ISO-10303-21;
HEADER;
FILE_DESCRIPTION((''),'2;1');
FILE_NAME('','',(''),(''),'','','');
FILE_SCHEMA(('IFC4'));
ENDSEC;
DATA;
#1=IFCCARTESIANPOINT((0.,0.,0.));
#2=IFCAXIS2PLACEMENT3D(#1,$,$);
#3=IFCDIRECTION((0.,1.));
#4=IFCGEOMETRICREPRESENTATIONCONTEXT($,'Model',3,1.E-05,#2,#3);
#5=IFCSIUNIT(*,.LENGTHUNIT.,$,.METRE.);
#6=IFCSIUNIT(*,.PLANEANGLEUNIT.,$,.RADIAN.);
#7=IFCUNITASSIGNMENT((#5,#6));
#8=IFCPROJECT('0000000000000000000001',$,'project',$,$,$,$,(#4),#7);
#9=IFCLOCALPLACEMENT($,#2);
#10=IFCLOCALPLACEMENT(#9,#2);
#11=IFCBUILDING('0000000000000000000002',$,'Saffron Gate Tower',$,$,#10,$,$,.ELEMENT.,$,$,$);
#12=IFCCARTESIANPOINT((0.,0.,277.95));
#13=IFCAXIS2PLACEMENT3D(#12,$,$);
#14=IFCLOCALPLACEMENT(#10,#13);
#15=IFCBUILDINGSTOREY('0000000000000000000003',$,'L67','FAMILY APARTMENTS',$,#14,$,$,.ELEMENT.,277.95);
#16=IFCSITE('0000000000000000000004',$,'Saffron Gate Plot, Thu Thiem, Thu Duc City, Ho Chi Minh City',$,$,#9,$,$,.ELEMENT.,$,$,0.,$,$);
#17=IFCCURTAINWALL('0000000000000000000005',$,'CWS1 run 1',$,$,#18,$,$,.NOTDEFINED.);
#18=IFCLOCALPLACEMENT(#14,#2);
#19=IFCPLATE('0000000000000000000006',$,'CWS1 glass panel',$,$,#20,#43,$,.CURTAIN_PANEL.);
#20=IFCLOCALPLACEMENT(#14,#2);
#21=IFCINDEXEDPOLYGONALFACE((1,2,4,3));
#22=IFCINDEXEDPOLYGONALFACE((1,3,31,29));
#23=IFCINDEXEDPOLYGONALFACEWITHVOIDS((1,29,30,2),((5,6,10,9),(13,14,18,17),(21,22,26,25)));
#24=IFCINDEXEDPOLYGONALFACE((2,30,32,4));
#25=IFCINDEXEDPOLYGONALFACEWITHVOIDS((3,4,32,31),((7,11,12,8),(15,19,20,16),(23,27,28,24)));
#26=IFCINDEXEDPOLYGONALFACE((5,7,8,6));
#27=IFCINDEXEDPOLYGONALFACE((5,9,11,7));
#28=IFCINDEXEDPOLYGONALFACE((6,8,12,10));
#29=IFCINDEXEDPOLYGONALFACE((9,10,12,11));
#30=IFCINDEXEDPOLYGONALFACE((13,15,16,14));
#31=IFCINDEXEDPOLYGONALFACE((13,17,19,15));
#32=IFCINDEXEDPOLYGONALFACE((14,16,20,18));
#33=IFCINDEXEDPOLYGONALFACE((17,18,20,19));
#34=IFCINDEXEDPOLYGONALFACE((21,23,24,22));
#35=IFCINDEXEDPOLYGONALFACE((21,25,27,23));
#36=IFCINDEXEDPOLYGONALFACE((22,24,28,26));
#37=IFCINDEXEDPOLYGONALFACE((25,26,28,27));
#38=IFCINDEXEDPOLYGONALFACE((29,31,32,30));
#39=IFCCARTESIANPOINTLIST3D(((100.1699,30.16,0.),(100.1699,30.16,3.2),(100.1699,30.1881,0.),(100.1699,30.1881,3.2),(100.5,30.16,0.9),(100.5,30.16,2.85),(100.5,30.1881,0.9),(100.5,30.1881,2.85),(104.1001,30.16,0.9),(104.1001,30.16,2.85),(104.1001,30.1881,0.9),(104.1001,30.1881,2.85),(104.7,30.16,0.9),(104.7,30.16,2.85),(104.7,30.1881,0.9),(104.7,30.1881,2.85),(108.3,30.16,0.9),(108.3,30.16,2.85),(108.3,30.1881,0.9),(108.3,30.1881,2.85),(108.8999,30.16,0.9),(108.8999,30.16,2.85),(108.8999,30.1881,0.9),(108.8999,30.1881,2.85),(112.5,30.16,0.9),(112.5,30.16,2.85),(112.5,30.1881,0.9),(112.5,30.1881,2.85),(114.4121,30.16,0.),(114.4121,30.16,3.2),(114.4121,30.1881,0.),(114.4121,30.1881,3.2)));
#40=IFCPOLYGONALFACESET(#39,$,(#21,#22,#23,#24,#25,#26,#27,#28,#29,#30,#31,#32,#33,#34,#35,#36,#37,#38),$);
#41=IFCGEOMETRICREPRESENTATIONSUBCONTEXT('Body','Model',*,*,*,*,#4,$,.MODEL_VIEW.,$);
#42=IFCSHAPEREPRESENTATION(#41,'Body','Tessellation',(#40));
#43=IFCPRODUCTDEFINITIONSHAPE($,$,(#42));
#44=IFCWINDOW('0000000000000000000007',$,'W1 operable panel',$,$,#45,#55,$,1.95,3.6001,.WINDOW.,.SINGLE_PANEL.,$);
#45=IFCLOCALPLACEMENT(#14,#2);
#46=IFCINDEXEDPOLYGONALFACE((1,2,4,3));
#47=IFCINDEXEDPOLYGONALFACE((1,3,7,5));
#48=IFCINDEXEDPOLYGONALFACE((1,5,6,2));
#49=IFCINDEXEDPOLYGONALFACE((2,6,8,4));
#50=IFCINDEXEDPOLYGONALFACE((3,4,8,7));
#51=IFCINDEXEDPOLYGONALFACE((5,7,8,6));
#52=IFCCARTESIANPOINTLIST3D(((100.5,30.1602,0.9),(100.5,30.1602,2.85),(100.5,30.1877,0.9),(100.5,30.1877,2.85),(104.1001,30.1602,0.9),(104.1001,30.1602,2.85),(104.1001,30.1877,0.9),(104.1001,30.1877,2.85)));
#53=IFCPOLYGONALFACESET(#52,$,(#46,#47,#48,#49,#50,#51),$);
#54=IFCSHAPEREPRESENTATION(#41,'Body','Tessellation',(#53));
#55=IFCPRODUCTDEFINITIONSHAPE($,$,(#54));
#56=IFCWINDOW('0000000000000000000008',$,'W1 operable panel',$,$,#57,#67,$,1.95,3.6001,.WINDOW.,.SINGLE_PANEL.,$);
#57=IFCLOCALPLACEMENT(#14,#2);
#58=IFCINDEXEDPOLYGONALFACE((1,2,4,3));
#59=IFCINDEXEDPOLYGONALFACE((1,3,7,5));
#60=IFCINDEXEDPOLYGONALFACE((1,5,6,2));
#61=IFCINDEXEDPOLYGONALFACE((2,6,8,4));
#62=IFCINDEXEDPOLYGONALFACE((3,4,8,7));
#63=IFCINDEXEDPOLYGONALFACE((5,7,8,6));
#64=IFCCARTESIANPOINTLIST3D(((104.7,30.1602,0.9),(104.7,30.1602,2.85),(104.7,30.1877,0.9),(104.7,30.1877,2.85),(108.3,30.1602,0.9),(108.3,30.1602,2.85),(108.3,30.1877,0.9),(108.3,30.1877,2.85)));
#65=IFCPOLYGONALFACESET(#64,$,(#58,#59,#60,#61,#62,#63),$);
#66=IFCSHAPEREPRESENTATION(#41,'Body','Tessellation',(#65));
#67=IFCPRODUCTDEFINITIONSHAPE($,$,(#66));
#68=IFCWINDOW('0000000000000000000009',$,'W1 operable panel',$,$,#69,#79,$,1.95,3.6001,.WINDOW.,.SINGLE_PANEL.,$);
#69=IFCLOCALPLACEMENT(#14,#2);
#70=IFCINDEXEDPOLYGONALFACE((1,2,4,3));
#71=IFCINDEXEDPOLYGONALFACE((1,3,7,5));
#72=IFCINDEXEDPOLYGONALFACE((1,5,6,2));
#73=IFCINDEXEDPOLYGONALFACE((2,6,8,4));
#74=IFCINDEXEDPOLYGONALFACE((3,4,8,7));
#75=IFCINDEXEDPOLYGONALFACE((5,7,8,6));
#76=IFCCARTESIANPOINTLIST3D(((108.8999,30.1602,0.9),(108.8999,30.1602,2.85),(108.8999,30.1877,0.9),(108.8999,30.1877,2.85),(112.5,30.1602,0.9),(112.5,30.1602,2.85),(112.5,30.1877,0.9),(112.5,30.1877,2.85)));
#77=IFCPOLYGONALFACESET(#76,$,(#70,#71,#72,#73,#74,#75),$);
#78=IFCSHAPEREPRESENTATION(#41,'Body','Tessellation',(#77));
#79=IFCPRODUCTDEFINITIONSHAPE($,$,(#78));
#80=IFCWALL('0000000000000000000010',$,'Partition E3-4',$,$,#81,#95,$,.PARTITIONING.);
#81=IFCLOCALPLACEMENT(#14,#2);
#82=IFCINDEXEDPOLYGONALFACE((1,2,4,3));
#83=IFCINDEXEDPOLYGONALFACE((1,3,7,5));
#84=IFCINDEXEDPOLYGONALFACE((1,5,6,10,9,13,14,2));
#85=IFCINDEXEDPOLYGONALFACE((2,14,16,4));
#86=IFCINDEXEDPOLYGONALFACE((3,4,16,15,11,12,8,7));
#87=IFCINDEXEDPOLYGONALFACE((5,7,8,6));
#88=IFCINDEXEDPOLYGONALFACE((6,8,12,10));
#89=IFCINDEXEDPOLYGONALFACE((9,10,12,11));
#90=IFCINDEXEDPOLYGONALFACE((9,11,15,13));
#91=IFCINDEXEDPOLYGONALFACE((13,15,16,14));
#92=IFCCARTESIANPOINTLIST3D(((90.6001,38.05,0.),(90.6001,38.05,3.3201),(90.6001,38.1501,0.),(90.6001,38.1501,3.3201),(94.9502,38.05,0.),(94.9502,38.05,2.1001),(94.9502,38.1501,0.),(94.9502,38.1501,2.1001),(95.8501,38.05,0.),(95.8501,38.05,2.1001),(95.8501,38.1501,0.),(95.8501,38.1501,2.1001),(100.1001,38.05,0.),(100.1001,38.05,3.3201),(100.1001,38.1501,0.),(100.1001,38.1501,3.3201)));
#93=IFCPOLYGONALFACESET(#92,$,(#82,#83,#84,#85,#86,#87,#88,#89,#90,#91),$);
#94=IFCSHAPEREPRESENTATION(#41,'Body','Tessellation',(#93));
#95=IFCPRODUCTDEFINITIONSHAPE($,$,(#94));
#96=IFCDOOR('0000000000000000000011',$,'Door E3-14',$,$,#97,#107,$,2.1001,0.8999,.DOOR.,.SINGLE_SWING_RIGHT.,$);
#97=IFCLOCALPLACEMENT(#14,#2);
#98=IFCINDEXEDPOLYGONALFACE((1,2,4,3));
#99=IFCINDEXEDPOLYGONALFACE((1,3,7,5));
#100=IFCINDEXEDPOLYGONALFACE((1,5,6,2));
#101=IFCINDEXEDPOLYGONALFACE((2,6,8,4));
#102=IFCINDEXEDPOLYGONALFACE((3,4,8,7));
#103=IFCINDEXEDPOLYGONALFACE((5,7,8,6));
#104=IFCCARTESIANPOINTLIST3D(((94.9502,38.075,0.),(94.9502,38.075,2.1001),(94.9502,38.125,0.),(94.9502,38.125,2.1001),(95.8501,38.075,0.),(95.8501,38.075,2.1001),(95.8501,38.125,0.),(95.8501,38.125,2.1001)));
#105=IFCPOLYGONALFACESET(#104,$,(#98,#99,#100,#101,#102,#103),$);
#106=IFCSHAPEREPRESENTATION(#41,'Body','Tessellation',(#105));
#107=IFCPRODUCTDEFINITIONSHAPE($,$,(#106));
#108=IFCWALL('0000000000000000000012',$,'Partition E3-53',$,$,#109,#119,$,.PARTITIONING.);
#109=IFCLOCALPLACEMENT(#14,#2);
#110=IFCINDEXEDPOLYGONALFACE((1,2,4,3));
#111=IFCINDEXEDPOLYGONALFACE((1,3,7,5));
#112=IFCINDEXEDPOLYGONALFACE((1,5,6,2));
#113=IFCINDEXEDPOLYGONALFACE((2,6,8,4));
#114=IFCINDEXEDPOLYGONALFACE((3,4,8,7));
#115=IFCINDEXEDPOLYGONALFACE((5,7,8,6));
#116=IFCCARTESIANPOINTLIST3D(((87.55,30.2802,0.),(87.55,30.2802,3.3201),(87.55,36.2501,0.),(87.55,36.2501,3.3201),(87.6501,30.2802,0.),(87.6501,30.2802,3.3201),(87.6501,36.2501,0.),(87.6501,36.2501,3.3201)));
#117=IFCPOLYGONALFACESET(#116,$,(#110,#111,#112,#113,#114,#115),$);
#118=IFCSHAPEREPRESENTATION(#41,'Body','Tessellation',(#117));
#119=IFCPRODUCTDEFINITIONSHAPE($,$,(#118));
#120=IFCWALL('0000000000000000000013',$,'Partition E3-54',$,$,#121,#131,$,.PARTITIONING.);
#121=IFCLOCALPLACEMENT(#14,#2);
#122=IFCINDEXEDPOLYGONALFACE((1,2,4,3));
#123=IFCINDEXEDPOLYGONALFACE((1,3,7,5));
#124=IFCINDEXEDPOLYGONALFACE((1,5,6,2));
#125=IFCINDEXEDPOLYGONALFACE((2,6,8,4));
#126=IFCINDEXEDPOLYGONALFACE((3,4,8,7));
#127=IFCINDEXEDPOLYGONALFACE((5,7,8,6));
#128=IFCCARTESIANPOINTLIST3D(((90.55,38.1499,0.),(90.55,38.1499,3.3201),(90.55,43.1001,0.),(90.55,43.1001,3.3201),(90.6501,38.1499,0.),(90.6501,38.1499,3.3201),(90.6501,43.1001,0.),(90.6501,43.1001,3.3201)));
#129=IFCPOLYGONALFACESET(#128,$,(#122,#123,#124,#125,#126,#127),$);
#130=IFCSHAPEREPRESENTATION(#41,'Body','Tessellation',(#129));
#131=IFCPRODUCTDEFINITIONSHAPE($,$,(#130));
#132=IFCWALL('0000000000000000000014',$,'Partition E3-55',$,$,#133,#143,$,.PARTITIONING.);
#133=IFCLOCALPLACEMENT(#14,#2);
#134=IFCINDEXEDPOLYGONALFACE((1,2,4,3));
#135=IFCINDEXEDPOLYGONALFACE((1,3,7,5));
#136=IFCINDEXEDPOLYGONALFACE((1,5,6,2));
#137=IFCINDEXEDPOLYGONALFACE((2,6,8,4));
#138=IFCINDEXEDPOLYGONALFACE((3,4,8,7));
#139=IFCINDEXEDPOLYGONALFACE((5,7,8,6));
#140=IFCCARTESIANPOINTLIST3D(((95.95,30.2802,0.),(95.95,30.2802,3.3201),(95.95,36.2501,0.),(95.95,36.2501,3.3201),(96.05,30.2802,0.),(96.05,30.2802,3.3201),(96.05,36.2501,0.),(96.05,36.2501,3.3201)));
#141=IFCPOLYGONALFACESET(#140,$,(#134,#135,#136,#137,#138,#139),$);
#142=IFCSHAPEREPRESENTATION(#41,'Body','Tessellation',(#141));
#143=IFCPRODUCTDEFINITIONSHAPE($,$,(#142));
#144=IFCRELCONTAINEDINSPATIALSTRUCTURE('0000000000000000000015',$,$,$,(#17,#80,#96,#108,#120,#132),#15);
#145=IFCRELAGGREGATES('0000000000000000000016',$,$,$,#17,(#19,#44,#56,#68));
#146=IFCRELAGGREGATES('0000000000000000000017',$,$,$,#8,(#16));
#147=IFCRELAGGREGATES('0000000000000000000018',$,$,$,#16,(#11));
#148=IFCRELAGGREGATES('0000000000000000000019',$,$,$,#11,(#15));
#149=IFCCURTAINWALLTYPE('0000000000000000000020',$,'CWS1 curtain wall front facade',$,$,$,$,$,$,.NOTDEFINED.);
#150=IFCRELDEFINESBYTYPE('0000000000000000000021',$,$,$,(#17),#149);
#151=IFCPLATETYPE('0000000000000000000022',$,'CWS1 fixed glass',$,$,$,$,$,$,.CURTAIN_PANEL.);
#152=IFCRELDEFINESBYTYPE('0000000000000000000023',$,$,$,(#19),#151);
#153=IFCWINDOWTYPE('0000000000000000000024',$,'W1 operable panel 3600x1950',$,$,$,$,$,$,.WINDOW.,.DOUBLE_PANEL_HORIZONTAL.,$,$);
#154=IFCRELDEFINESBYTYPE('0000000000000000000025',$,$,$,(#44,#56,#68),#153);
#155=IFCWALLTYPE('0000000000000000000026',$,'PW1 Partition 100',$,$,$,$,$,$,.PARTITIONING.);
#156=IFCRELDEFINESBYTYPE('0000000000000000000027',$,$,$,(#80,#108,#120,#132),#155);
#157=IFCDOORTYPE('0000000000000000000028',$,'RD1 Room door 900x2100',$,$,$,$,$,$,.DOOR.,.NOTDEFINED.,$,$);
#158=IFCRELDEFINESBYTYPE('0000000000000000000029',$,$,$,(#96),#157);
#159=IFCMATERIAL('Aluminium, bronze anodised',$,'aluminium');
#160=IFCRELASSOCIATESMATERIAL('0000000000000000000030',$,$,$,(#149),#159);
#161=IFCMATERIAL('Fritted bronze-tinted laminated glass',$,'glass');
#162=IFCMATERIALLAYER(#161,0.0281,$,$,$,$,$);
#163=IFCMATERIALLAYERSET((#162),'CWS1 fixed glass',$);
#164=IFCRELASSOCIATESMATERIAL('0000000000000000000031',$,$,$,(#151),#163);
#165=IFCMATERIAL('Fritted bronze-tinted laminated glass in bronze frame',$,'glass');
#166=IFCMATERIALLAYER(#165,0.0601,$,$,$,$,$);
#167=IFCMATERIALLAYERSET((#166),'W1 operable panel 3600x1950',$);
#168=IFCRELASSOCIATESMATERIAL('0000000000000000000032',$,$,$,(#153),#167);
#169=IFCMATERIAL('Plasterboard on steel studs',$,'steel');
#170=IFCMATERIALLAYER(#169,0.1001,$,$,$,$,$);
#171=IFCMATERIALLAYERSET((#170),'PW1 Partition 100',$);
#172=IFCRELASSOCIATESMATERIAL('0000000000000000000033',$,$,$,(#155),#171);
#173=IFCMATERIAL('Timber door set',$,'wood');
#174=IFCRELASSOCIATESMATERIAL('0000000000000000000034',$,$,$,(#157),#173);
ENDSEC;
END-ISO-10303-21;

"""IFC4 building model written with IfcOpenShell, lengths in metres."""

from ifc_helpers import new_model, si_unit, direction, frame, frame_2d, origin, place, context, subcontext, project, spatial, rectangle, extrude, material, layer, layer_set, type_object, element, fill, aggregate, save


model = new_model("IFC4")

# Units and contexts
model_context = context("Model", 3, precision=1e-05, world=origin(), true_north=direction((0.0, 1.0)))
body_context = subcontext(model_context, "Body", "Model", "MODEL_VIEW")
ifc_project = project(units=[si_unit("LENGTHUNIT", "METRE"), si_unit("PLANEANGLEUNIT", "RADIAN")], contexts=[model_context])

# Site, building, storey
site_placement = place(None, origin())
site = spatial("IfcSite", under=ifc_project, at=site_placement, Name="Saffron Gate Plot, Thu Thiem, Thu Duc City, Ho Chi Minh City", CompositionType="ELEMENT", RefElevation=0.0)
building_placement = place(site_placement, origin())
building = spatial("IfcBuilding", under=site, at=building_placement, Name="Saffron Gate Tower", CompositionType="ELEMENT")
storey_placement = place(building_placement, frame((0.0, 0.0, 277.95)))
storey = spatial("IfcBuildingStorey", under=building, at=storey_placement, Name="L67", Description="FAMILY APARTMENTS", CompositionType="ELEMENT", Elevation=277.95)

# Curtain wall, plate, openings, windows
ifc_material_1 = material(Name="Aluminium, bronze anodised", Category="aluminium")
curtain_wall_type = type_object("IfcCurtainWallType", Name="CWS1 curtain wall front facade", PredefinedType="NOTDEFINED", material=ifc_material_1)
curtain_wall_placement = place(storey_placement, origin())
curtain_wall = element("IfcCurtainWall", 1, at=curtain_wall_placement, inside=storey, type_object=curtain_wall_type, Name="CWS1 run 1", PredefinedType="NOTDEFINED")
ifc_material_2 = material(Name="Fritted bronze-tinted laminated glass", Category="glass")
ifc_layer_1 = layer(ifc_material_2, 0.0281)
ifc_layer_set_1 = layer_set([ifc_layer_1], Name="CWS1 fixed glass")
plate_type = type_object("IfcPlateType", Name="CWS1 fixed glass", PredefinedType="CURTAIN_PANEL", material=ifc_layer_set_1)
plate_placement = place(storey_placement, frame((100.1699, 30.1741, 0.0), z_axis=(0.0, 0.0, 1.0), x_axis=(1.0, 0.0, 0.0)))
plate = element("IfcPlate", 2, at=plate_placement, type_object=plate_type, Name="CWS1 glass panel", PredefinedType="CURTAIN_PANEL", context=body_context, shape_type="SweptSolid", body=[
    extrude(rectangle(XDim=14.2422, YDim=0.0281, at=frame_2d((7.1211, 0.0))), origin(), (0.0, 0.0, 1.0), 3.2),
])
opening_1_placement = place(plate_placement, frame((0.3301, 0.0, 0.8999)))
opening_1 = element("IfcOpeningElement", 3, at=opening_1_placement, cuts=plate, PredefinedType="OPENING", context=body_context, shape_type="SweptSolid", body=[
    extrude(rectangle(XDim=3.6001, YDim=1.95, at=frame_2d((1.8, 0.9751))), frame((0.0, 0.0239, 0.0), z_axis=(0.0, -1.0, 0.0), x_axis=(1.0, 0.0, 0.0)), (0.0, 0.0, 1.0), 0.0481),
])
opening_2_placement = place(plate_placement, frame((4.53, 0.0, 0.8999)))
opening_2 = element("IfcOpeningElement", 4, at=opening_2_placement, cuts=plate, PredefinedType="OPENING", context=body_context, shape_type="SweptSolid", body=[
    extrude(rectangle(XDim=3.6001, YDim=1.95, at=frame_2d((1.8, 0.9751))), frame((0.0, 0.0239, 0.0), z_axis=(0.0, -1.0, 0.0), x_axis=(1.0, 0.0, 0.0)), (0.0, 0.0, 1.0), 0.0481),
])
opening_3_placement = place(plate_placement, frame((8.73, 0.0, 0.8999)))
opening_3 = element("IfcOpeningElement", 5, at=opening_3_placement, cuts=plate, PredefinedType="OPENING", context=body_context, shape_type="SweptSolid", body=[
    extrude(rectangle(XDim=3.6001, YDim=1.95, at=frame_2d((1.8, 0.9751))), frame((0.0, 0.0239, 0.0), z_axis=(0.0, -1.0, 0.0), x_axis=(1.0, 0.0, 0.0)), (0.0, 0.0, 1.0), 0.0481),
])
ifc_material_3 = material(Name="Fritted bronze-tinted laminated glass in bronze frame", Category="glass")
ifc_layer_2 = layer(ifc_material_3, 0.0601)
ifc_layer_set_2 = layer_set([ifc_layer_2], Name="W1 operable panel 3600x1950")
window_type = type_object("IfcWindowType", Name="W1 operable panel 3600x1950", PartitioningType="DOUBLE_PANEL_HORIZONTAL", PredefinedType="WINDOW", material=ifc_layer_set_2)
window_1_placement = place(opening_1_placement, origin())
window_1 = element("IfcWindow", 6, at=window_1_placement, type_object=window_type, Name="W1 operable panel", OverallHeight=1.95, OverallWidth=3.6001, PartitioningType="SINGLE_PANEL", PredefinedType="WINDOW", context=body_context, shape_type="SweptSolid", body=[
    extrude(rectangle(XDim=3.6001, YDim=1.95, at=frame_2d((1.8, 0.9751))), frame((0.0, 0.0137, 0.0), z_axis=(0.0, -1.0, 0.0), x_axis=(1.0, 0.0, 0.0)), (0.0, 0.0, 1.0), 0.0276),
])
fill(opening_1, window_1)
window_2_placement = place(opening_2_placement, origin())
window_2 = element("IfcWindow", 7, at=window_2_placement, type_object=window_type, Name="W1 operable panel", OverallHeight=1.95, OverallWidth=3.6001, PartitioningType="SINGLE_PANEL", PredefinedType="WINDOW", context=body_context, shape_type="SweptSolid", body=[
    extrude(rectangle(XDim=3.6001, YDim=1.95, at=frame_2d((1.8, 0.9751))), frame((0.0, 0.0137, 0.0), z_axis=(0.0, -1.0, 0.0), x_axis=(1.0, 0.0, 0.0)), (0.0, 0.0, 1.0), 0.0276),
])
fill(opening_2, window_2)
window_3_placement = place(opening_3_placement, origin())
window_3 = element("IfcWindow", 8, at=window_3_placement, type_object=window_type, Name="W1 operable panel", OverallHeight=1.95, OverallWidth=3.6001, PartitioningType="SINGLE_PANEL", PredefinedType="WINDOW", context=body_context, shape_type="SweptSolid", body=[
    extrude(rectangle(XDim=3.6001, YDim=1.95, at=frame_2d((1.8, 0.9751))), frame((0.0, 0.0137, 0.0), z_axis=(0.0, -1.0, 0.0), x_axis=(1.0, 0.0, 0.0)), (0.0, 0.0, 1.0), 0.0276),
])
fill(opening_3, window_3)
aggregate(curtain_wall, [plate, window_1, window_2, window_3])

# Wall, opening, door
ifc_material_4 = material(Name="Plasterboard on steel studs", Category="steel")
ifc_layer_3 = layer(ifc_material_4, 0.1001)
ifc_layer_set_3 = layer_set([ifc_layer_3], Name="PW1 Partition 100")
wall_type_1 = type_object("IfcWallType", Name="PW1 Partition 100", PredefinedType="PARTITIONING", material=ifc_layer_set_3)
wall_1_placement = place(storey_placement, frame((90.6001, 38.1001, 0.0), z_axis=(0.0, 0.0, 1.0), x_axis=(1.0, 0.0, 0.0)))
wall_1 = element("IfcWall", 9, at=wall_1_placement, inside=storey, type_object=wall_type_1, Name="Partition E3-4", PredefinedType="PARTITIONING", context=body_context, shape_type="SweptSolid", body=[
    extrude(rectangle(XDim=9.5, YDim=0.1001, at=frame_2d((4.75, 0.0))), origin(), (0.0, 0.0, 1.0), 3.3201),
])
opening_4_placement = place(wall_1_placement, frame((4.3501, 0.0, 0.0)))
opening_4 = element("IfcOpeningElement", 10, at=opening_4_placement, cuts=wall_1, PredefinedType="OPENING", context=body_context, shape_type="SweptSolid", body=[
    extrude(rectangle(XDim=0.8999, YDim=2.1001, at=frame_2d((0.45, 1.05))), frame((0.0, 0.0601, 0.0), z_axis=(0.0, -1.0, 0.0), x_axis=(1.0, 0.0, 0.0)), (0.0, 0.0, 1.0), 0.1201),
])
ifc_material_5 = material(Name="Timber door set", Category="wood")
door_type = type_object("IfcDoorType", Name="RD1 Room door 900x2100", OperationType="NOTDEFINED", PredefinedType="DOOR", material=ifc_material_5)
door_1_placement = place(opening_4_placement, origin())
door_1 = element("IfcDoor", 11, at=door_1_placement, inside=storey, type_object=door_type, Name="Door E3-14", OperationType="SINGLE_SWING_RIGHT", OverallHeight=2.1001, OverallWidth=0.8999, PredefinedType="DOOR", context=body_context, shape_type="SweptSolid", body=[
    extrude(rectangle(XDim=0.8999, YDim=2.1001, at=frame_2d((0.45, 1.05))), frame((0.0, 0.0249, 0.0), z_axis=(0.0, -1.0, 0.0), x_axis=(1.0, 0.0, 0.0)), (0.0, 0.0, 1.0), 0.05),
])
fill(opening_4, door_1)

# Walls
wall_2_placement = place(storey_placement, frame((87.6001, 36.25, 0.0), z_axis=(0.0, 0.0, 1.0), x_axis=(0.0, -1.0, 0.0)))
element("IfcWall", 12, at=wall_2_placement, inside=storey, type_object=wall_type_1, Name="Partition E3-53", PredefinedType="PARTITIONING", context=body_context, shape_type="SweptSolid", body=[
    extrude(rectangle(XDim=5.97, YDim=0.1001, at=frame_2d((2.9849, 0.0))), origin(), (0.0, 0.0, 1.0), 3.3201),
])
wall_3_placement = place(storey_placement, frame((90.6001, 43.1001, 0.0), z_axis=(0.0, 0.0, 1.0), x_axis=(0.0, -1.0, 0.0)))
element("IfcWall", 13, at=wall_3_placement, inside=storey, type_object=wall_type_1, Name="Partition E3-54", PredefinedType="PARTITIONING", context=body_context, shape_type="SweptSolid", body=[
    extrude(rectangle(XDim=4.9502, YDim=0.1001, at=frame_2d((2.4751, 0.0))), origin(), (0.0, 0.0, 1.0), 3.3201),
])
wall_4_placement = place(storey_placement, frame((96.0, 36.25, 0.0), z_axis=(0.0, 0.0, 1.0), x_axis=(0.0, -1.0, 0.0)))
element("IfcWall", 14, at=wall_4_placement, inside=storey, type_object=wall_type_1, Name="Partition E3-55", PredefinedType="PARTITIONING", context=body_context, shape_type="SweptSolid", body=[
    extrude(rectangle(XDim=5.97, YDim=0.1001, at=frame_2d((2.9849, 0.0))), origin(), (0.0, 0.0, 1.0), 3.3201),
])

save(model, "model.ifc")
